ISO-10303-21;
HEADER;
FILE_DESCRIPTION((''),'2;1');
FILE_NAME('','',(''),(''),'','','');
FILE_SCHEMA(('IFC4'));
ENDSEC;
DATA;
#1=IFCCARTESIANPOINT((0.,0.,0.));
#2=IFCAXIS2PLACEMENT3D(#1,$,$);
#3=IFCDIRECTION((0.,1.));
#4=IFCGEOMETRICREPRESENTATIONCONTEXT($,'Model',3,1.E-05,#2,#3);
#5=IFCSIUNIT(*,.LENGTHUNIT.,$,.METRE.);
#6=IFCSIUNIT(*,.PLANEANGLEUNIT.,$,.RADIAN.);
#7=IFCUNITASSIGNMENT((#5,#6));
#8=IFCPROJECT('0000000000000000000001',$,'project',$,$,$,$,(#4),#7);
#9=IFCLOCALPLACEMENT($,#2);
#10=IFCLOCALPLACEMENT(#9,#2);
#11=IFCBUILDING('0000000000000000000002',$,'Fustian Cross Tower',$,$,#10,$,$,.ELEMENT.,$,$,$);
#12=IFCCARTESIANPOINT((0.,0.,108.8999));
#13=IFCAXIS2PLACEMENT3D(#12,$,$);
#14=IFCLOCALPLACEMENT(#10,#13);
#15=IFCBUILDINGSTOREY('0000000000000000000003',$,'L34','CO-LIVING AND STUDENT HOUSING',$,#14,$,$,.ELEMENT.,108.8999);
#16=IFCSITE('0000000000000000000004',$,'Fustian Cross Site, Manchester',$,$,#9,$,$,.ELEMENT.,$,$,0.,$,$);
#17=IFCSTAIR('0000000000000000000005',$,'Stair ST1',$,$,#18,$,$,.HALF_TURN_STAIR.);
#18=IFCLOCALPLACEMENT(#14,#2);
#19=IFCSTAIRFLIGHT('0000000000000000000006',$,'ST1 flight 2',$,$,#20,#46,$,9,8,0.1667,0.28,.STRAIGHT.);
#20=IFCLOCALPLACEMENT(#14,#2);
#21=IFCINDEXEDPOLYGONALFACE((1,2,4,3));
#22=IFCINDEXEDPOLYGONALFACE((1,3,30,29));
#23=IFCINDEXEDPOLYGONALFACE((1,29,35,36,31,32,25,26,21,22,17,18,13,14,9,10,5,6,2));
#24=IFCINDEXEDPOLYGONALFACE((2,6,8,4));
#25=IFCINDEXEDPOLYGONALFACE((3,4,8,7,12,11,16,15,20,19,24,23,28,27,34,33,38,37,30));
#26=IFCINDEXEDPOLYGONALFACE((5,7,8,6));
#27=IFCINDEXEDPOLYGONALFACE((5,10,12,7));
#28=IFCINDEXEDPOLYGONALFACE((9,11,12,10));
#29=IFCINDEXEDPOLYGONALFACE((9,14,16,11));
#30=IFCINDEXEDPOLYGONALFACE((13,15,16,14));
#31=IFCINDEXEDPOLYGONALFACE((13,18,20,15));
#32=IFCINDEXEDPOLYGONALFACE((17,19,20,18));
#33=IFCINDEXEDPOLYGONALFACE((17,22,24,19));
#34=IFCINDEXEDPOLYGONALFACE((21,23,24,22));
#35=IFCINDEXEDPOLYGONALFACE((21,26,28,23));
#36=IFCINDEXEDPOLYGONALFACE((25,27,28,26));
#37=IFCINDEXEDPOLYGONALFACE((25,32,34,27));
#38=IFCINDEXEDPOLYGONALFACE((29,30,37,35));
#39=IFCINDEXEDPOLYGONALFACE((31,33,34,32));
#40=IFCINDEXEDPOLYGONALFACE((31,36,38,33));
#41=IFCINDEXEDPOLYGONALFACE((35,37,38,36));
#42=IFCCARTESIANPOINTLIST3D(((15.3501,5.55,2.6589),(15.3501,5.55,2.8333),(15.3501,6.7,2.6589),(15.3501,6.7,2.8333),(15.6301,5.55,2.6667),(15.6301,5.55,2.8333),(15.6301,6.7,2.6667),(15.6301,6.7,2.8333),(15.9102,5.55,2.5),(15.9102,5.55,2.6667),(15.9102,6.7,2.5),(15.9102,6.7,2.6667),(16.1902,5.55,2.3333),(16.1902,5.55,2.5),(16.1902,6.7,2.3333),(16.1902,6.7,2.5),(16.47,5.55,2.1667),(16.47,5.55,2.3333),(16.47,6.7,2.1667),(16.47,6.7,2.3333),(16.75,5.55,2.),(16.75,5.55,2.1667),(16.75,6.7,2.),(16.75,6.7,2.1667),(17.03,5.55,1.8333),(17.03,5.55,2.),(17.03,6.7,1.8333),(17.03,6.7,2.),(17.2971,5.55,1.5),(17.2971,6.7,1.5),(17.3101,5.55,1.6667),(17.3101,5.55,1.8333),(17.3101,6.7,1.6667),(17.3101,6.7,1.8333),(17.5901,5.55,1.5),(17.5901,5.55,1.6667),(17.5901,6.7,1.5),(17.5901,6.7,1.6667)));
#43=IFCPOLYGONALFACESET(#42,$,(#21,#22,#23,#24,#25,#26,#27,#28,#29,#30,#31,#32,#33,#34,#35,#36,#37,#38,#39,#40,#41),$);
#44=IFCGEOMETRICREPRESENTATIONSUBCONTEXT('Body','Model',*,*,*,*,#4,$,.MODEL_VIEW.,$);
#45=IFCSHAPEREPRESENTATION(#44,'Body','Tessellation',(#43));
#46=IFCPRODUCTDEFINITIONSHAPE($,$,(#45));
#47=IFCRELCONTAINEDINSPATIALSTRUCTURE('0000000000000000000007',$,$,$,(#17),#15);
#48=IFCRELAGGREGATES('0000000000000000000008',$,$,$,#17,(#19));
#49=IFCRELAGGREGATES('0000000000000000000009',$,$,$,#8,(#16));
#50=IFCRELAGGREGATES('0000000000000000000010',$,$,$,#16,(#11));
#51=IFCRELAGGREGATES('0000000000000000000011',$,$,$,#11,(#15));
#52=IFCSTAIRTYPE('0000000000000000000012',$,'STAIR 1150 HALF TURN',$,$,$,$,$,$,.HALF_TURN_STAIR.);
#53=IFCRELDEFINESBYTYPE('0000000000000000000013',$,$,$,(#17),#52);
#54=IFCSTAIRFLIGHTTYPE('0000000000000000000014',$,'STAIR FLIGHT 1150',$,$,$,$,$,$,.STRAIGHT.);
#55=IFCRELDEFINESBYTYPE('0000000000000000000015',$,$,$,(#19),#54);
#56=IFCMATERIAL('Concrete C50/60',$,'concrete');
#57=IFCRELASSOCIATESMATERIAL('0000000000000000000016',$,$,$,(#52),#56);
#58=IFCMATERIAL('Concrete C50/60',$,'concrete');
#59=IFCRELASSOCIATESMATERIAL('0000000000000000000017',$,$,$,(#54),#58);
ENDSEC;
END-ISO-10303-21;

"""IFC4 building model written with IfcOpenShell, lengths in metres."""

from ifc_helpers import new_model, si_unit, direction, frame, origin, place, context, subcontext, project, spatial, polyline, outline, extrude, material, type_object, element, aggregate, save


model = new_model("IFC4")

# Units and contexts
model_context = context("Model", 3, precision=1e-05, world=origin(), true_north=direction((0.0, 1.0)))
body_context = subcontext(model_context, "Body", "Model", "MODEL_VIEW")
ifc_project = project(units=[si_unit("LENGTHUNIT", "METRE"), si_unit("PLANEANGLEUNIT", "RADIAN")], contexts=[model_context])

# Site, building, storey
site_placement = place(None, origin())
site = spatial("IfcSite", under=ifc_project, at=site_placement, Name="Fustian Cross Site, Manchester", CompositionType="ELEMENT", RefElevation=0.0)
building_placement = place(site_placement, origin())
building = spatial("IfcBuilding", under=site, at=building_placement, Name="Fustian Cross Tower", CompositionType="ELEMENT")
storey_placement = place(building_placement, frame((0.0, 0.0, 108.8999)))
storey = spatial("IfcBuildingStorey", under=building, at=storey_placement, Name="L34", Description="CO-LIVING AND STUDENT HOUSING", CompositionType="ELEMENT", Elevation=108.8999)

# Stair, stair flight
ifc_material_1 = material(Name="Concrete C50/60", Category="concrete")
stair_type = type_object("IfcStairType", Name="STAIR 1150 HALF TURN", PredefinedType="HALF_TURN_STAIR", material=ifc_material_1)
stair_placement = place(storey_placement, origin())
stair = element("IfcStair", 1, at=stair_placement, inside=storey, type_object=stair_type, Name="Stair ST1", PredefinedType="HALF_TURN_STAIR")
ifc_material_2 = material(Name="Concrete C50/60", Category="concrete")
stair_flight_type = type_object("IfcStairFlightType", Name="STAIR FLIGHT 1150", PredefinedType="STRAIGHT", material=ifc_material_2)
stair_flight_1_placement = place(storey_placement, frame((17.5901, 6.125, 1.5), z_axis=(0.0, 0.0, 1.0), x_axis=(-1.0, 0.0, 0.0)))
stair_flight_1 = element("IfcStairFlight", 2, at=stair_flight_1_placement, type_object=stair_flight_type, Name="ST1 flight 2", NumberOfRisers=9, NumberOfTreads=8, PredefinedType="STRAIGHT", RiserHeight=0.1667, TreadLength=0.28, context=body_context, shape_type="SweptSolid", body=[
    extrude(outline(polyline([(0.0, 0.0), (0.0, 0.1667), (0.28, 0.1667), (0.28, 0.3333), (0.5601, 0.3333), (0.5601, 0.5), (0.8401, 0.5), (0.8401, 0.6667), (1.1201, 0.6667), (1.1201, 0.8333), (1.3999, 0.8333), (1.3999, 1.0), (1.6799, 1.0), (1.6799, 1.1667), (1.96, 1.1667), (1.96, 1.3333), (2.24, 1.3333), (2.24, 1.5), (2.24, 1.1589), (0.293, 0.0), (0.0, 0.0)])), frame((0.0, 0.575, 0.0), z_axis=(0.0, -1.0, 0.0), x_axis=(1.0, 0.0, 0.0)), (0.0, 0.0, 1.0), 1.1499),
])
aggregate(stair, [stair_flight_1])

save(model, "model.ifc")
